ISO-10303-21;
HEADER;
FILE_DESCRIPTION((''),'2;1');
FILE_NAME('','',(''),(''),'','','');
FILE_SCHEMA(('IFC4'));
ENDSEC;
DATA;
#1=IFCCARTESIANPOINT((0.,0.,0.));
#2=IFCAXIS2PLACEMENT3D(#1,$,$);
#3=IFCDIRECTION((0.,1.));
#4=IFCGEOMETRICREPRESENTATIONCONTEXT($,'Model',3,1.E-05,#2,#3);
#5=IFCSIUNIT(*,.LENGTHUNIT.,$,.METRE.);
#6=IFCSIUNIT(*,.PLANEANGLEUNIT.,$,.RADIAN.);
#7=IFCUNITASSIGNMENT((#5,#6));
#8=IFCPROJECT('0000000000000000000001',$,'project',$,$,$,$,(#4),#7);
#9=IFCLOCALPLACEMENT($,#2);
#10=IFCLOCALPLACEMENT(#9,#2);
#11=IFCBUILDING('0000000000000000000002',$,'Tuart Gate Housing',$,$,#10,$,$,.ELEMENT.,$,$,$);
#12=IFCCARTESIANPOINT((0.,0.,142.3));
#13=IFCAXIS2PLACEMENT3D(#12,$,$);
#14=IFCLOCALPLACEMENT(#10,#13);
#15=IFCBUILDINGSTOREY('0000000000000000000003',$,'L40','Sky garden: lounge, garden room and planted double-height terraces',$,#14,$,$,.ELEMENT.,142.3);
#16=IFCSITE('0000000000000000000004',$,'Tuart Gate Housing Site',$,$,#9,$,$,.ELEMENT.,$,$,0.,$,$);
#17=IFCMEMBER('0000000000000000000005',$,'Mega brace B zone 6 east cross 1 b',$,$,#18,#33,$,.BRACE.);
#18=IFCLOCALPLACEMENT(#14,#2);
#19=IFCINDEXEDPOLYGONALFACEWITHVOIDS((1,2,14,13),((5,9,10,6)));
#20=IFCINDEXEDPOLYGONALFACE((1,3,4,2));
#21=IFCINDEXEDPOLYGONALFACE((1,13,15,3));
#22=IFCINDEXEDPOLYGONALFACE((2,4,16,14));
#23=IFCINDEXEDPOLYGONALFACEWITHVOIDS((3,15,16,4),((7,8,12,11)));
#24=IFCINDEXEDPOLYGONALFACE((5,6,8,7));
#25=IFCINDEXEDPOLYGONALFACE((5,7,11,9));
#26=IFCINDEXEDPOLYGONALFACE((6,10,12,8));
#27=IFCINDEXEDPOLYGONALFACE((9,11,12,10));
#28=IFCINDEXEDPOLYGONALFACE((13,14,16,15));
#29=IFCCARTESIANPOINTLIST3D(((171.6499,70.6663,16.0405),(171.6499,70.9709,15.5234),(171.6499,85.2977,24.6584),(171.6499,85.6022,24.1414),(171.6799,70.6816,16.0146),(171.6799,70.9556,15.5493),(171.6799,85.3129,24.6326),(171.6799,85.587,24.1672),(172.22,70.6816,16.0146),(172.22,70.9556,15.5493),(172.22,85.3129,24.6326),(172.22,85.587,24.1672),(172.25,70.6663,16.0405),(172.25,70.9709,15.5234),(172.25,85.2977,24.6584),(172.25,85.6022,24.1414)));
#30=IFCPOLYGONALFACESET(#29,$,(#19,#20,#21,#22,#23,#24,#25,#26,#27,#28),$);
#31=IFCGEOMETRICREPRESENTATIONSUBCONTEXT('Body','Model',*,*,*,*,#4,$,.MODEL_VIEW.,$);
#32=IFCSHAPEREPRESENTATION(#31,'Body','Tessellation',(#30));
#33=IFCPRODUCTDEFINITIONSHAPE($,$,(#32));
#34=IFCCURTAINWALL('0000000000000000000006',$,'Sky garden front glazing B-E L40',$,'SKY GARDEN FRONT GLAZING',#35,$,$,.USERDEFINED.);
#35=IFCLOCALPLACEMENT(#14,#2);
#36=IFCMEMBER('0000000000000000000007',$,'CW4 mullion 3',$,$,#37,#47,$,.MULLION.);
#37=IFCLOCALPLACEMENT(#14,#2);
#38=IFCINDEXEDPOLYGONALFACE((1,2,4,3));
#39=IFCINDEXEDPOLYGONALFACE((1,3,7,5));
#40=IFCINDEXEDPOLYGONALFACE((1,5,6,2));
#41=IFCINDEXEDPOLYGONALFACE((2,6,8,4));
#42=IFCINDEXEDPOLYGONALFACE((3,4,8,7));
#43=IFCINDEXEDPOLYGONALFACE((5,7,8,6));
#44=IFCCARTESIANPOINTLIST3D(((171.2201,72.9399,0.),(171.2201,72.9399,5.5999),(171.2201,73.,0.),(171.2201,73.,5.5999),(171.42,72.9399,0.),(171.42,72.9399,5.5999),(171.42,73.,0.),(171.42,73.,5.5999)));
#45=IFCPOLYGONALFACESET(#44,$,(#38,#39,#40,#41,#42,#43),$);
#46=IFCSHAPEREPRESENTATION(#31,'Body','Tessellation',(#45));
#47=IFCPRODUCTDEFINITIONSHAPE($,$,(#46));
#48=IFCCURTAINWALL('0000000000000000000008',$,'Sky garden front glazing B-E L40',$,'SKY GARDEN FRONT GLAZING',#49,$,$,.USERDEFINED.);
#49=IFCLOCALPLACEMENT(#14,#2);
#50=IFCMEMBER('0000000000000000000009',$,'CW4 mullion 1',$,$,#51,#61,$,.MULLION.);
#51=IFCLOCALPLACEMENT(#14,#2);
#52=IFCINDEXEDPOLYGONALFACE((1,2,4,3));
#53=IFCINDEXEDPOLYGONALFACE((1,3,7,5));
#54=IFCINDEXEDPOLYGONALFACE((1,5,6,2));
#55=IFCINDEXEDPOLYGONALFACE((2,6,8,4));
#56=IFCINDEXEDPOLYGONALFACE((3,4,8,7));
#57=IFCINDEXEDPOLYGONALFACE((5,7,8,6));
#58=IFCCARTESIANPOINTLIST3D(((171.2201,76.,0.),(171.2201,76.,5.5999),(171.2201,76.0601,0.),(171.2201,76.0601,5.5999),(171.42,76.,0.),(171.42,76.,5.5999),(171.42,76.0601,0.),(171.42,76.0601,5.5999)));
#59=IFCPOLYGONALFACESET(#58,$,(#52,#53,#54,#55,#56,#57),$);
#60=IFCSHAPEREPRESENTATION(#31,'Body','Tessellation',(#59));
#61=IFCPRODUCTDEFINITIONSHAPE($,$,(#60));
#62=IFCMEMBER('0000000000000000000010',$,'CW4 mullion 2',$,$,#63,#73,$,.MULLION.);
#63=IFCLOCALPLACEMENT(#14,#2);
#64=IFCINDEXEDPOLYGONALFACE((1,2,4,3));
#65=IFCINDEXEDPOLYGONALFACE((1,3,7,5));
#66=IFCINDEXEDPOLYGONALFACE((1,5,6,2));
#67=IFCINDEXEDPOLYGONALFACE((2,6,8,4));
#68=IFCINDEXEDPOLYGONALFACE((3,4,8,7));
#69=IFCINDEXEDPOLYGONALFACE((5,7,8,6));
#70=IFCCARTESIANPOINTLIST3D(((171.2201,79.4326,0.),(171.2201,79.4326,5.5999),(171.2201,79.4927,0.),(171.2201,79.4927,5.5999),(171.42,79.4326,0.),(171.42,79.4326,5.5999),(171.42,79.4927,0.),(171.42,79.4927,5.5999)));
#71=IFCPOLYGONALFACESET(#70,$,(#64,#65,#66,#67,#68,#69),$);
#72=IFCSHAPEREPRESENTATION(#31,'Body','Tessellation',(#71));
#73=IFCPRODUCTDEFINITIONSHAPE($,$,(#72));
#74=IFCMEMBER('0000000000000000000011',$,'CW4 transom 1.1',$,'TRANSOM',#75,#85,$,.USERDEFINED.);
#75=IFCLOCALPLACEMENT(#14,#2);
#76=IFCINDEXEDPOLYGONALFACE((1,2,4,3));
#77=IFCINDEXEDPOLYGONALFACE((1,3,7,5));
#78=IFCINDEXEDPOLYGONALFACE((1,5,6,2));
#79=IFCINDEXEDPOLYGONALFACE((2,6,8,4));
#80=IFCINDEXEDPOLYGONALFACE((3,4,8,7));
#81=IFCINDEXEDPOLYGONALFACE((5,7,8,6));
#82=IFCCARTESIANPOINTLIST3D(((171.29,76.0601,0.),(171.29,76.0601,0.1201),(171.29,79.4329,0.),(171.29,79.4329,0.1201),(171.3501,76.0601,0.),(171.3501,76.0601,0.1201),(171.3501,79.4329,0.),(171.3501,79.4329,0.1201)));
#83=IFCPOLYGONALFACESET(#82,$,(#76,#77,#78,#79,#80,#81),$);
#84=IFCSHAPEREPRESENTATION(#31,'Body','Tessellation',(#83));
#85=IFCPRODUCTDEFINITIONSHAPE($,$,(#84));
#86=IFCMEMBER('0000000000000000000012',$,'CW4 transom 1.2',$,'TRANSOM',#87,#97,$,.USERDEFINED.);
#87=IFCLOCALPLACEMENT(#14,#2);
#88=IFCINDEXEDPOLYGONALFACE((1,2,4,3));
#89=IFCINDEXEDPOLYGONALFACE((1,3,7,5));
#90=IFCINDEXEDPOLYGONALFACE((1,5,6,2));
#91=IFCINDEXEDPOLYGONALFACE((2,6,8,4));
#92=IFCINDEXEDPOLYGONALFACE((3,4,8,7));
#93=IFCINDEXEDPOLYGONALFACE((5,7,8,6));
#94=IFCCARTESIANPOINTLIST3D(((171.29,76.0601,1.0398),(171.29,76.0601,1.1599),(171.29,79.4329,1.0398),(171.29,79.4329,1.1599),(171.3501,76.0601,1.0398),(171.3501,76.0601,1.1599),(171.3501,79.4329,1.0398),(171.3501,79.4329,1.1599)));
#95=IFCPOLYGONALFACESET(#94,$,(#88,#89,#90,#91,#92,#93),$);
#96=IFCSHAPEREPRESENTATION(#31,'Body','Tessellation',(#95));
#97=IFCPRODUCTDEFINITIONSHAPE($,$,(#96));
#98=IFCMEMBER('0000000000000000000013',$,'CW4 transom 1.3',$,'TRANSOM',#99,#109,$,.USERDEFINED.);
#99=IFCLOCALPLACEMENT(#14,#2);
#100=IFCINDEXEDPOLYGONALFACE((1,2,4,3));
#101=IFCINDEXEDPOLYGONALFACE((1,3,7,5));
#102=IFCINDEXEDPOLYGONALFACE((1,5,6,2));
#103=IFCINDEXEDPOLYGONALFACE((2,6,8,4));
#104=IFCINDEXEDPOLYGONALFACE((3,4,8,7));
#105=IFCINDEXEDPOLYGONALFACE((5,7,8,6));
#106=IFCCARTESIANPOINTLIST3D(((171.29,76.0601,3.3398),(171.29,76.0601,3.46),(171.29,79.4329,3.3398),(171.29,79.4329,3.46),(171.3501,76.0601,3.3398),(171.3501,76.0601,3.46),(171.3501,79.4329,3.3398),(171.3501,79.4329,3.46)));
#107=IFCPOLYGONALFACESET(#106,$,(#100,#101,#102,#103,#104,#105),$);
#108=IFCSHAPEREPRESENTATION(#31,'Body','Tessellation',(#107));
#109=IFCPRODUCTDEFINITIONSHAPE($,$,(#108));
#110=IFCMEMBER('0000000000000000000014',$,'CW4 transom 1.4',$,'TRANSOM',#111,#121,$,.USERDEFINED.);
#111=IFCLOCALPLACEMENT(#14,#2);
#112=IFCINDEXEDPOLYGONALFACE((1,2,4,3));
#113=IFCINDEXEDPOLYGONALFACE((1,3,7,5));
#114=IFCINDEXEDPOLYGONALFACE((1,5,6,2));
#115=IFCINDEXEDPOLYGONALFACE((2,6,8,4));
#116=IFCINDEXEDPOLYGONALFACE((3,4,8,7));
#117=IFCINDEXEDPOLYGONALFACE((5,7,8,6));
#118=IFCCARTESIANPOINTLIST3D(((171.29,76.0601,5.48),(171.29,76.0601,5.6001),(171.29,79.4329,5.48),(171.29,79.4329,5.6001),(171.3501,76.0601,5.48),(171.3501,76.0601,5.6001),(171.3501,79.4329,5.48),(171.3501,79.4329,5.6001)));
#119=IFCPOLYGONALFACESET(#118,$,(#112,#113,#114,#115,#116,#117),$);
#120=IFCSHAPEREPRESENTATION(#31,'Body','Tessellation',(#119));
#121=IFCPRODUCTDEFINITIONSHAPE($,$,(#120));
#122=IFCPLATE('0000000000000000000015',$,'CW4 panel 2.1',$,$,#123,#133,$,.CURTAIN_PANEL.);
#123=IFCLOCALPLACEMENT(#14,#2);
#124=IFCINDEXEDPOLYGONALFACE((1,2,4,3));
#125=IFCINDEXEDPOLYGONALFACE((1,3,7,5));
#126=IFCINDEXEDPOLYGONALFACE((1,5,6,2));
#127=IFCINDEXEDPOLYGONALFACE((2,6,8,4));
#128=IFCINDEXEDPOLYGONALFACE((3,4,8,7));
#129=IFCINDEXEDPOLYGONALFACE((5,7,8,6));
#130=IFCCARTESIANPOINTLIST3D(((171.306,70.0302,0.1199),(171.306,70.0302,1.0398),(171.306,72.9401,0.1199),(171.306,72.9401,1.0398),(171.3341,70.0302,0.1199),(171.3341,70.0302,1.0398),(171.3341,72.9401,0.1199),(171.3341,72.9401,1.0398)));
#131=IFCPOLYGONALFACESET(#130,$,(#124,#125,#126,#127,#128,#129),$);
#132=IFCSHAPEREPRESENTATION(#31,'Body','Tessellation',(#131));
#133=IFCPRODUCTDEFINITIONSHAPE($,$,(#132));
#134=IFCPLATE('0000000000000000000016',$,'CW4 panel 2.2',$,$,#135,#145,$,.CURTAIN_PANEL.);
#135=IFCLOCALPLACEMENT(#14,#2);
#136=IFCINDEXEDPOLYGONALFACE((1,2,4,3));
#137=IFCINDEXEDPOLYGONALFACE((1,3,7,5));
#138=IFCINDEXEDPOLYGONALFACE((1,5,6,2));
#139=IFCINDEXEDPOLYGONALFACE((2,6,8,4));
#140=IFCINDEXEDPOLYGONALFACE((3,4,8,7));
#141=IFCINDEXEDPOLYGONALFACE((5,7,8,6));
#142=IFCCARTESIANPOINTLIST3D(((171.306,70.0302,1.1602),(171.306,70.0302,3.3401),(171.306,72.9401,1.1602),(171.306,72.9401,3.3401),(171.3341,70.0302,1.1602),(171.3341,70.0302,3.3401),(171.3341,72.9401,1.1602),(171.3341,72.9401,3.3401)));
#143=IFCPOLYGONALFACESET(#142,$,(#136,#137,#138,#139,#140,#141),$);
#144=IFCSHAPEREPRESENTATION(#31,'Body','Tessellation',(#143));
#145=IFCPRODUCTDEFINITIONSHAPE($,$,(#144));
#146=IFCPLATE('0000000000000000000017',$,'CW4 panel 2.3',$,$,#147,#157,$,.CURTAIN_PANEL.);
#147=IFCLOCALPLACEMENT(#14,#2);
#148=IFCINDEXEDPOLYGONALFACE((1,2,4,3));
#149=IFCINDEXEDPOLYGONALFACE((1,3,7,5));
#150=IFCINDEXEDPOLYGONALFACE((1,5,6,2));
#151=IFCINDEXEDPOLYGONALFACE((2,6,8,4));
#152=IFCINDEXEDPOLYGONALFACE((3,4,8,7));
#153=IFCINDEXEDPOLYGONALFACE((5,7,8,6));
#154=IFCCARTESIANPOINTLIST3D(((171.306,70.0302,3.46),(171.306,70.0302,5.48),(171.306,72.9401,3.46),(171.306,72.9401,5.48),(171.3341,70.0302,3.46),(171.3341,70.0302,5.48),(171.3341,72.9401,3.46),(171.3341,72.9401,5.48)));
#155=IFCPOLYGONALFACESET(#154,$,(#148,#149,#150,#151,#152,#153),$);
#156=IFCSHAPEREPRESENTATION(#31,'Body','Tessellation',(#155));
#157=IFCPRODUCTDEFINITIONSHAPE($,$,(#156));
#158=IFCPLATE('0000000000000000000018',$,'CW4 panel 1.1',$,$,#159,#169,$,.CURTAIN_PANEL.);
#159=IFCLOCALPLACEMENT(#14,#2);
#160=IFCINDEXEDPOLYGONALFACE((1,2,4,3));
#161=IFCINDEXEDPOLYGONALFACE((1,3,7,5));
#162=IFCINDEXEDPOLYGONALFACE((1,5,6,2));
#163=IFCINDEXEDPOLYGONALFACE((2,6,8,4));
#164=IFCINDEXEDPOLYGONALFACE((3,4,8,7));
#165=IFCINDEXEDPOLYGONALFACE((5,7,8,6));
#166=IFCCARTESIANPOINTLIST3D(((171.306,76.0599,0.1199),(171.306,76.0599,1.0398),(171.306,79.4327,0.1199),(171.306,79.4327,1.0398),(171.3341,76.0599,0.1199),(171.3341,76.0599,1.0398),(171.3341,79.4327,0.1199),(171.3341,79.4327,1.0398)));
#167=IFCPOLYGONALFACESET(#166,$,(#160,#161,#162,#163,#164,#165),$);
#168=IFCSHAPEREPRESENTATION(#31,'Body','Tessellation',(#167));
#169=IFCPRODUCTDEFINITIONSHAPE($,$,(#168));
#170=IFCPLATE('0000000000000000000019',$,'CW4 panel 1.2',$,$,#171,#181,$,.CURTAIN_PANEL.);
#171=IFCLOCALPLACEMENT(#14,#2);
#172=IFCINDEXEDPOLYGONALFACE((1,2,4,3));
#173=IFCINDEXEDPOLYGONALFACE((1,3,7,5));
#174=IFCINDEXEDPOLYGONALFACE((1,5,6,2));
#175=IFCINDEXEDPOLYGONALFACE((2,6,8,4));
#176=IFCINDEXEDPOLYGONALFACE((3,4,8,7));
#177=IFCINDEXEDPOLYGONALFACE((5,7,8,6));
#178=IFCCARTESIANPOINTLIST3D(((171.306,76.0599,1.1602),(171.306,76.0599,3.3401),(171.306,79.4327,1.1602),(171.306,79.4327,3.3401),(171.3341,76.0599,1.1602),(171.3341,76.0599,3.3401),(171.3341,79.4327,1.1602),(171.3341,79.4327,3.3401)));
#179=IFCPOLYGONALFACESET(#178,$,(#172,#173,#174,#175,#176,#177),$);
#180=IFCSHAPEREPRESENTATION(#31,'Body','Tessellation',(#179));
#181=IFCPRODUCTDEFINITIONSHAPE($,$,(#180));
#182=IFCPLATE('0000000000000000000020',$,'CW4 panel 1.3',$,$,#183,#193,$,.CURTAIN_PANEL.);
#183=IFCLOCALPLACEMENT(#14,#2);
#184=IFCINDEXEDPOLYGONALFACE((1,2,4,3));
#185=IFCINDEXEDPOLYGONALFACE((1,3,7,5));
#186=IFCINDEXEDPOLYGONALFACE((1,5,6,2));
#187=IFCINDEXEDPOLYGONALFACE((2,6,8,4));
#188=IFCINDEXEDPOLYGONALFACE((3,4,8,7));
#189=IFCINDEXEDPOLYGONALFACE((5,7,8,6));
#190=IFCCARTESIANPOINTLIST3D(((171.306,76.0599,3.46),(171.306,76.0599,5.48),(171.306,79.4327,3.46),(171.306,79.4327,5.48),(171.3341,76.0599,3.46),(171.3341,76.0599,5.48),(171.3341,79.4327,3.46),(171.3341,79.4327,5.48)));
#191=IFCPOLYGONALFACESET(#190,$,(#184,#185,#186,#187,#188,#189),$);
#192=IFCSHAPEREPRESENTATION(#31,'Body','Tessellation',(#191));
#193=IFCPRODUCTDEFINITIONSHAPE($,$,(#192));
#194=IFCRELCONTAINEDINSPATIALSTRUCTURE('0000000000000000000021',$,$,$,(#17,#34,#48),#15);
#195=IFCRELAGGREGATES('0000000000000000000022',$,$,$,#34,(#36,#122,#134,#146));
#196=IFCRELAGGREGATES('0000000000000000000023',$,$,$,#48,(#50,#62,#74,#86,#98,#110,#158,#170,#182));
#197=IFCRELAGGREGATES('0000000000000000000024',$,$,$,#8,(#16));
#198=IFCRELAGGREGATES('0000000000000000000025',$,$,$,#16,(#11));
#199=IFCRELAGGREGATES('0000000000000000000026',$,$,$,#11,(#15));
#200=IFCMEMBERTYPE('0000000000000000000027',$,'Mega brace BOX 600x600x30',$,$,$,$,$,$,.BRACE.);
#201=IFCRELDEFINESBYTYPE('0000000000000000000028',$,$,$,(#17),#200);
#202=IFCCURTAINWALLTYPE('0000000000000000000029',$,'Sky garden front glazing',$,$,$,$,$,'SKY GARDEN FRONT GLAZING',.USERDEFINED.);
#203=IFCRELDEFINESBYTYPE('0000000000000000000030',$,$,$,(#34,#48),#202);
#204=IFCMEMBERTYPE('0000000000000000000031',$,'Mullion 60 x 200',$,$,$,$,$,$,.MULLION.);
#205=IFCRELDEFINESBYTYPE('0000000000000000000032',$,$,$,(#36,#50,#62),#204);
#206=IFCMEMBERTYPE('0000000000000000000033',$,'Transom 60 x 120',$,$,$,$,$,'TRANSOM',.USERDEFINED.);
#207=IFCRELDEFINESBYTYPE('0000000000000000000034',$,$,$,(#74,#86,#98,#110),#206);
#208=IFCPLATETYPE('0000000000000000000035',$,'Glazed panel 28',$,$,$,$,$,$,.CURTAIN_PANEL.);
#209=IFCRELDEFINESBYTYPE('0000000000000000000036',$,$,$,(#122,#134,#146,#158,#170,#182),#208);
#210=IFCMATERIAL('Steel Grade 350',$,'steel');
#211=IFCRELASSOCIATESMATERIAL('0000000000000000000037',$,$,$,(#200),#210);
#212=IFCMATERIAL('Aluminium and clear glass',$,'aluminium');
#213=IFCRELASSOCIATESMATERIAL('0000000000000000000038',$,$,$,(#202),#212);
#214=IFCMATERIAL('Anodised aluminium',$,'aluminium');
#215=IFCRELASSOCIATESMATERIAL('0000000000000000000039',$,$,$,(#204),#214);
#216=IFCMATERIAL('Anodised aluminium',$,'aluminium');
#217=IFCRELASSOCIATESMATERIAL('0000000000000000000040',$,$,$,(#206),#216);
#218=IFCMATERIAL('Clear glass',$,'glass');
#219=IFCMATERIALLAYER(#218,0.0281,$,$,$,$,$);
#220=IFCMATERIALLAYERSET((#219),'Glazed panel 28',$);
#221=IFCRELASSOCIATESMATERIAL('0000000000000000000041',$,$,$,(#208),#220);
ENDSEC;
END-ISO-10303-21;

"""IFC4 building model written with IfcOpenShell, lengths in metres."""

from ifc_helpers import new_model, si_unit, direction, frame, origin, origin_2d, place, context, subcontext, project, spatial, rectangle, hollow_rectangle, extrude, material, layer, layer_set, material_profile, profile_set, type_object, element, aggregate, save


model = new_model("IFC4")

# Units and contexts
model_context = context("Model", 3, precision=1e-05, world=origin(), true_north=direction((0.0, 1.0)))
body_context = subcontext(model_context, "Body", "Model", "MODEL_VIEW")
ifc_project = project(units=[si_unit("LENGTHUNIT", "METRE"), si_unit("PLANEANGLEUNIT", "RADIAN")], contexts=[model_context])

# Site, building, storey
site_placement = place(None, origin())
site = spatial("IfcSite", under=ifc_project, at=site_placement, Name="Tuart Gate Housing Site", CompositionType="ELEMENT", RefElevation=0.0)
building_placement = place(site_placement, origin())
building = spatial("IfcBuilding", under=site, at=building_placement, Name="Tuart Gate Housing", CompositionType="ELEMENT")
storey_placement = place(building_placement, frame((0.0, 0.0, 142.3)))
storey = spatial("IfcBuildingStorey", under=building, at=storey_placement, Name="L40", Description="Sky garden: lounge, garden room and planted double-height terraces", CompositionType="ELEMENT", Elevation=142.3)

# Member
ifc_material_1 = material(Name="Steel Grade 350", Category="steel")
ifc_material_profile_1 = material_profile(ifc_material_1, hollow_rectangle(XDim=0.6001, YDim=0.6001, WallThickness=0.03, at=origin_2d()), Name="BOX 600x600x30")
ifc_profile_set_1 = profile_set([ifc_material_profile_1], Name="Steel Grade 350")
member_type_1 = type_object("IfcMemberType", Name="Mega brace BOX 600x600x30", PredefinedType="BRACE", material=ifc_profile_set_1)
member_1_placement = place(storey_placement, frame((171.95, 70.8186, 15.782), z_axis=(0.0, 0.861645, 0.507512), x_axis=(-1.0, 0.0, 0.0)))
element("IfcMember", 1, at=member_1_placement, inside=storey, type_object=member_type_1, Name="Mega brace B zone 6 east cross 1 b", PredefinedType="BRACE", context=body_context, shape_type="SweptSolid", body=[
    extrude(hollow_rectangle(XDim=0.6001, YDim=0.6001, WallThickness=0.03, at=origin_2d()), origin(), (0.0, 0.0, 1.0), 16.9807),
])

# Curtain wall, member
ifc_material_2 = material(Name="Aluminium and clear glass", Category="aluminium")
curtain_wall_type = type_object("IfcCurtainWallType", Name="Sky garden front glazing", ElementType="SKY GARDEN FRONT GLAZING", PredefinedType="USERDEFINED", material=ifc_material_2)
curtain_wall_1_placement = place(storey_placement, origin())
curtain_wall_1 = element("IfcCurtainWall", 2, at=curtain_wall_1_placement, inside=storey, type_object=curtain_wall_type, Name="Sky garden front glazing B-E L40", ObjectType="SKY GARDEN FRONT GLAZING", PredefinedType="USERDEFINED")
ifc_material_3 = material(Name="Anodised aluminium", Category="aluminium")
ifc_material_profile_2 = material_profile(ifc_material_3, rectangle(XDim=0.0601, YDim=0.2, at=origin_2d()), Name="60x200")
ifc_profile_set_2 = profile_set([ifc_material_profile_2], Name="Anodised aluminium")
member_type_2 = type_object("IfcMemberType", Name="Mullion 60 x 200", PredefinedType="MULLION", material=ifc_profile_set_2)
member_2_placement = place(storey_placement, frame((171.3201, 72.97, 0.0), z_axis=(0.0, 0.0, 1.0), x_axis=(0.0, 1.0, 0.0)))
member_2 = element("IfcMember", 3, at=member_2_placement, type_object=member_type_2, Name="CW4 mullion 3", PredefinedType="MULLION", context=body_context, shape_type="SweptSolid", body=[
    extrude(rectangle(XDim=0.0601, YDim=0.2, at=origin_2d()), origin(), (0.0, 0.0, 1.0), 5.5999),
])

# Curtain wall, members
curtain_wall_2_placement = place(storey_placement, origin())
curtain_wall_2 = element("IfcCurtainWall", 4, at=curtain_wall_2_placement, inside=storey, type_object=curtain_wall_type, Name="Sky garden front glazing B-E L40", ObjectType="SKY GARDEN FRONT GLAZING", PredefinedType="USERDEFINED")
member_3_placement = place(storey_placement, frame((171.3201, 76.03, 0.0), z_axis=(0.0, 0.0, 1.0), x_axis=(0.0, 1.0, 0.0)))
member_3 = element("IfcMember", 5, at=member_3_placement, type_object=member_type_2, Name="CW4 mullion 1", PredefinedType="MULLION", context=body_context, shape_type="SweptSolid", body=[
    extrude(rectangle(XDim=0.0601, YDim=0.2, at=origin_2d()), origin(), (0.0, 0.0, 1.0), 5.5999),
])
member_4_placement = place(storey_placement, frame((171.3201, 79.4626, 0.0), z_axis=(0.0, 0.0, 1.0), x_axis=(0.0, 1.0, 0.0)))
member_4 = element("IfcMember", 6, at=member_4_placement, type_object=member_type_2, Name="CW4 mullion 2", PredefinedType="MULLION", context=body_context, shape_type="SweptSolid", body=[
    extrude(rectangle(XDim=0.0601, YDim=0.2, at=origin_2d()), origin(), (0.0, 0.0, 1.0), 5.5999),
])
ifc_material_4 = material(Name="Anodised aluminium", Category="aluminium")
ifc_material_profile_3 = material_profile(ifc_material_4, rectangle(XDim=0.0601, YDim=0.1201, at=origin_2d()), Name="60x120")
ifc_profile_set_3 = profile_set([ifc_material_profile_3], Name="Anodised aluminium")
member_type_3 = type_object("IfcMemberType", Name="Transom 60 x 120", ElementType="TRANSOM", PredefinedType="USERDEFINED", material=ifc_profile_set_3)
member_5_placement = place(storey_placement, frame((171.3201, 76.0601, 0.0601), z_axis=(0.0, 1.0, 0.0), x_axis=(-1.0, 0.0, 0.0)))
member_5 = element("IfcMember", 7, at=member_5_placement, type_object=member_type_3, Name="CW4 transom 1.1", ObjectType="TRANSOM", PredefinedType="USERDEFINED", context=body_context, shape_type="SweptSolid", body=[
    extrude(rectangle(XDim=0.0601, YDim=0.1201, at=origin_2d()), origin(), (0.0, 0.0, 1.0), 3.3728),
])
member_6_placement = place(storey_placement, frame((171.3201, 76.0601, 1.0999), z_axis=(0.0, 1.0, 0.0), x_axis=(-1.0, 0.0, 0.0)))
member_6 = element("IfcMember", 8, at=member_6_placement, type_object=member_type_3, Name="CW4 transom 1.2", ObjectType="TRANSOM", PredefinedType="USERDEFINED", context=body_context, shape_type="SweptSolid", body=[
    extrude(rectangle(XDim=0.0601, YDim=0.1201, at=origin_2d()), origin(), (0.0, 0.0, 1.0), 3.3728),
])
member_7_placement = place(storey_placement, frame((171.3201, 76.0601, 3.3999), z_axis=(0.0, 1.0, 0.0), x_axis=(-1.0, 0.0, 0.0)))
member_7 = element("IfcMember", 9, at=member_7_placement, type_object=member_type_3, Name="CW4 transom 1.3", ObjectType="TRANSOM", PredefinedType="USERDEFINED", context=body_context, shape_type="SweptSolid", body=[
    extrude(rectangle(XDim=0.0601, YDim=0.1201, at=origin_2d()), origin(), (0.0, 0.0, 1.0), 3.3728),
])
member_8_placement = place(storey_placement, frame((171.3201, 76.0601, 5.54), z_axis=(0.0, 1.0, 0.0), x_axis=(-1.0, 0.0, 0.0)))
member_8 = element("IfcMember", 10, at=member_8_placement, type_object=member_type_3, Name="CW4 transom 1.4", ObjectType="TRANSOM", PredefinedType="USERDEFINED", context=body_context, shape_type="SweptSolid", body=[
    extrude(rectangle(XDim=0.0601, YDim=0.1201, at=origin_2d()), origin(), (0.0, 0.0, 1.0), 3.3728),
])

# Plates
ifc_material_5 = material(Name="Clear glass", Category="glass")
ifc_layer_1 = layer(ifc_material_5, 0.0281)
ifc_layer_set_1 = layer_set([ifc_layer_1], Name="Glazed panel 28")
plate_type = type_object("IfcPlateType", Name="Glazed panel 28", PredefinedType="CURTAIN_PANEL", material=ifc_layer_set_1)
plate_1_placement = place(storey_placement, frame((171.3201, 71.4851, 0.1199), z_axis=(0.0, 0.0, 1.0), x_axis=(0.0, 1.0, 0.0)))
plate_1 = element("IfcPlate", 11, at=plate_1_placement, type_object=plate_type, Name="CW4 panel 2.1", PredefinedType="CURTAIN_PANEL", context=body_context, shape_type="SweptSolid", body=[
    extrude(rectangle(XDim=2.9099, YDim=0.0281, at=origin_2d()), origin(), (0.0, 0.0, 1.0), 0.9199),
])
plate_2_placement = place(storey_placement, frame((171.3201, 71.4851, 1.1602), z_axis=(0.0, 0.0, 1.0), x_axis=(0.0, 1.0, 0.0)))
plate_2 = element("IfcPlate", 12, at=plate_2_placement, type_object=plate_type, Name="CW4 panel 2.2", PredefinedType="CURTAIN_PANEL", context=body_context, shape_type="SweptSolid", body=[
    extrude(rectangle(XDim=2.9099, YDim=0.0281, at=origin_2d()), origin(), (0.0, 0.0, 1.0), 2.1799),
])
plate_3_placement = place(storey_placement, frame((171.3201, 71.4851, 3.46), z_axis=(0.0, 0.0, 1.0), x_axis=(0.0, 1.0, 0.0)))
plate_3 = element("IfcPlate", 13, at=plate_3_placement, type_object=plate_type, Name="CW4 panel 2.3", PredefinedType="CURTAIN_PANEL", context=body_context, shape_type="SweptSolid", body=[
    extrude(rectangle(XDim=2.9099, YDim=0.0281, at=origin_2d()), origin(), (0.0, 0.0, 1.0), 2.02),
])
aggregate(curtain_wall_1, [member_2, plate_1, plate_2, plate_3])
plate_4_placement = place(storey_placement, frame((171.3201, 77.7463, 0.1199), z_axis=(0.0, 0.0, 1.0), x_axis=(0.0, 1.0, 0.0)))
plate_4 = element("IfcPlate", 14, at=plate_4_placement, type_object=plate_type, Name="CW4 panel 1.1", PredefinedType="CURTAIN_PANEL", context=body_context, shape_type="SweptSolid", body=[
    extrude(rectangle(XDim=3.3728, YDim=0.0281, at=origin_2d()), origin(), (0.0, 0.0, 1.0), 0.9199),
])
plate_5_placement = place(storey_placement, frame((171.3201, 77.7463, 1.1602), z_axis=(0.0, 0.0, 1.0), x_axis=(0.0, 1.0, 0.0)))
plate_5 = element("IfcPlate", 15, at=plate_5_placement, type_object=plate_type, Name="CW4 panel 1.2", PredefinedType="CURTAIN_PANEL", context=body_context, shape_type="SweptSolid", body=[
    extrude(rectangle(XDim=3.3728, YDim=0.0281, at=origin_2d()), origin(), (0.0, 0.0, 1.0), 2.1799),
])
plate_6_placement = place(storey_placement, frame((171.3201, 77.7463, 3.46), z_axis=(0.0, 0.0, 1.0), x_axis=(0.0, 1.0, 0.0)))
plate_6 = element("IfcPlate", 16, at=plate_6_placement, type_object=plate_type, Name="CW4 panel 1.3", PredefinedType="CURTAIN_PANEL", context=body_context, shape_type="SweptSolid", body=[
    extrude(rectangle(XDim=3.3728, YDim=0.0281, at=origin_2d()), origin(), (0.0, 0.0, 1.0), 2.02),
])
aggregate(curtain_wall_2, [member_3, member_4, member_5, member_6, member_7, member_8, plate_4, plate_5, plate_6])

save(model, "model.ifc")
